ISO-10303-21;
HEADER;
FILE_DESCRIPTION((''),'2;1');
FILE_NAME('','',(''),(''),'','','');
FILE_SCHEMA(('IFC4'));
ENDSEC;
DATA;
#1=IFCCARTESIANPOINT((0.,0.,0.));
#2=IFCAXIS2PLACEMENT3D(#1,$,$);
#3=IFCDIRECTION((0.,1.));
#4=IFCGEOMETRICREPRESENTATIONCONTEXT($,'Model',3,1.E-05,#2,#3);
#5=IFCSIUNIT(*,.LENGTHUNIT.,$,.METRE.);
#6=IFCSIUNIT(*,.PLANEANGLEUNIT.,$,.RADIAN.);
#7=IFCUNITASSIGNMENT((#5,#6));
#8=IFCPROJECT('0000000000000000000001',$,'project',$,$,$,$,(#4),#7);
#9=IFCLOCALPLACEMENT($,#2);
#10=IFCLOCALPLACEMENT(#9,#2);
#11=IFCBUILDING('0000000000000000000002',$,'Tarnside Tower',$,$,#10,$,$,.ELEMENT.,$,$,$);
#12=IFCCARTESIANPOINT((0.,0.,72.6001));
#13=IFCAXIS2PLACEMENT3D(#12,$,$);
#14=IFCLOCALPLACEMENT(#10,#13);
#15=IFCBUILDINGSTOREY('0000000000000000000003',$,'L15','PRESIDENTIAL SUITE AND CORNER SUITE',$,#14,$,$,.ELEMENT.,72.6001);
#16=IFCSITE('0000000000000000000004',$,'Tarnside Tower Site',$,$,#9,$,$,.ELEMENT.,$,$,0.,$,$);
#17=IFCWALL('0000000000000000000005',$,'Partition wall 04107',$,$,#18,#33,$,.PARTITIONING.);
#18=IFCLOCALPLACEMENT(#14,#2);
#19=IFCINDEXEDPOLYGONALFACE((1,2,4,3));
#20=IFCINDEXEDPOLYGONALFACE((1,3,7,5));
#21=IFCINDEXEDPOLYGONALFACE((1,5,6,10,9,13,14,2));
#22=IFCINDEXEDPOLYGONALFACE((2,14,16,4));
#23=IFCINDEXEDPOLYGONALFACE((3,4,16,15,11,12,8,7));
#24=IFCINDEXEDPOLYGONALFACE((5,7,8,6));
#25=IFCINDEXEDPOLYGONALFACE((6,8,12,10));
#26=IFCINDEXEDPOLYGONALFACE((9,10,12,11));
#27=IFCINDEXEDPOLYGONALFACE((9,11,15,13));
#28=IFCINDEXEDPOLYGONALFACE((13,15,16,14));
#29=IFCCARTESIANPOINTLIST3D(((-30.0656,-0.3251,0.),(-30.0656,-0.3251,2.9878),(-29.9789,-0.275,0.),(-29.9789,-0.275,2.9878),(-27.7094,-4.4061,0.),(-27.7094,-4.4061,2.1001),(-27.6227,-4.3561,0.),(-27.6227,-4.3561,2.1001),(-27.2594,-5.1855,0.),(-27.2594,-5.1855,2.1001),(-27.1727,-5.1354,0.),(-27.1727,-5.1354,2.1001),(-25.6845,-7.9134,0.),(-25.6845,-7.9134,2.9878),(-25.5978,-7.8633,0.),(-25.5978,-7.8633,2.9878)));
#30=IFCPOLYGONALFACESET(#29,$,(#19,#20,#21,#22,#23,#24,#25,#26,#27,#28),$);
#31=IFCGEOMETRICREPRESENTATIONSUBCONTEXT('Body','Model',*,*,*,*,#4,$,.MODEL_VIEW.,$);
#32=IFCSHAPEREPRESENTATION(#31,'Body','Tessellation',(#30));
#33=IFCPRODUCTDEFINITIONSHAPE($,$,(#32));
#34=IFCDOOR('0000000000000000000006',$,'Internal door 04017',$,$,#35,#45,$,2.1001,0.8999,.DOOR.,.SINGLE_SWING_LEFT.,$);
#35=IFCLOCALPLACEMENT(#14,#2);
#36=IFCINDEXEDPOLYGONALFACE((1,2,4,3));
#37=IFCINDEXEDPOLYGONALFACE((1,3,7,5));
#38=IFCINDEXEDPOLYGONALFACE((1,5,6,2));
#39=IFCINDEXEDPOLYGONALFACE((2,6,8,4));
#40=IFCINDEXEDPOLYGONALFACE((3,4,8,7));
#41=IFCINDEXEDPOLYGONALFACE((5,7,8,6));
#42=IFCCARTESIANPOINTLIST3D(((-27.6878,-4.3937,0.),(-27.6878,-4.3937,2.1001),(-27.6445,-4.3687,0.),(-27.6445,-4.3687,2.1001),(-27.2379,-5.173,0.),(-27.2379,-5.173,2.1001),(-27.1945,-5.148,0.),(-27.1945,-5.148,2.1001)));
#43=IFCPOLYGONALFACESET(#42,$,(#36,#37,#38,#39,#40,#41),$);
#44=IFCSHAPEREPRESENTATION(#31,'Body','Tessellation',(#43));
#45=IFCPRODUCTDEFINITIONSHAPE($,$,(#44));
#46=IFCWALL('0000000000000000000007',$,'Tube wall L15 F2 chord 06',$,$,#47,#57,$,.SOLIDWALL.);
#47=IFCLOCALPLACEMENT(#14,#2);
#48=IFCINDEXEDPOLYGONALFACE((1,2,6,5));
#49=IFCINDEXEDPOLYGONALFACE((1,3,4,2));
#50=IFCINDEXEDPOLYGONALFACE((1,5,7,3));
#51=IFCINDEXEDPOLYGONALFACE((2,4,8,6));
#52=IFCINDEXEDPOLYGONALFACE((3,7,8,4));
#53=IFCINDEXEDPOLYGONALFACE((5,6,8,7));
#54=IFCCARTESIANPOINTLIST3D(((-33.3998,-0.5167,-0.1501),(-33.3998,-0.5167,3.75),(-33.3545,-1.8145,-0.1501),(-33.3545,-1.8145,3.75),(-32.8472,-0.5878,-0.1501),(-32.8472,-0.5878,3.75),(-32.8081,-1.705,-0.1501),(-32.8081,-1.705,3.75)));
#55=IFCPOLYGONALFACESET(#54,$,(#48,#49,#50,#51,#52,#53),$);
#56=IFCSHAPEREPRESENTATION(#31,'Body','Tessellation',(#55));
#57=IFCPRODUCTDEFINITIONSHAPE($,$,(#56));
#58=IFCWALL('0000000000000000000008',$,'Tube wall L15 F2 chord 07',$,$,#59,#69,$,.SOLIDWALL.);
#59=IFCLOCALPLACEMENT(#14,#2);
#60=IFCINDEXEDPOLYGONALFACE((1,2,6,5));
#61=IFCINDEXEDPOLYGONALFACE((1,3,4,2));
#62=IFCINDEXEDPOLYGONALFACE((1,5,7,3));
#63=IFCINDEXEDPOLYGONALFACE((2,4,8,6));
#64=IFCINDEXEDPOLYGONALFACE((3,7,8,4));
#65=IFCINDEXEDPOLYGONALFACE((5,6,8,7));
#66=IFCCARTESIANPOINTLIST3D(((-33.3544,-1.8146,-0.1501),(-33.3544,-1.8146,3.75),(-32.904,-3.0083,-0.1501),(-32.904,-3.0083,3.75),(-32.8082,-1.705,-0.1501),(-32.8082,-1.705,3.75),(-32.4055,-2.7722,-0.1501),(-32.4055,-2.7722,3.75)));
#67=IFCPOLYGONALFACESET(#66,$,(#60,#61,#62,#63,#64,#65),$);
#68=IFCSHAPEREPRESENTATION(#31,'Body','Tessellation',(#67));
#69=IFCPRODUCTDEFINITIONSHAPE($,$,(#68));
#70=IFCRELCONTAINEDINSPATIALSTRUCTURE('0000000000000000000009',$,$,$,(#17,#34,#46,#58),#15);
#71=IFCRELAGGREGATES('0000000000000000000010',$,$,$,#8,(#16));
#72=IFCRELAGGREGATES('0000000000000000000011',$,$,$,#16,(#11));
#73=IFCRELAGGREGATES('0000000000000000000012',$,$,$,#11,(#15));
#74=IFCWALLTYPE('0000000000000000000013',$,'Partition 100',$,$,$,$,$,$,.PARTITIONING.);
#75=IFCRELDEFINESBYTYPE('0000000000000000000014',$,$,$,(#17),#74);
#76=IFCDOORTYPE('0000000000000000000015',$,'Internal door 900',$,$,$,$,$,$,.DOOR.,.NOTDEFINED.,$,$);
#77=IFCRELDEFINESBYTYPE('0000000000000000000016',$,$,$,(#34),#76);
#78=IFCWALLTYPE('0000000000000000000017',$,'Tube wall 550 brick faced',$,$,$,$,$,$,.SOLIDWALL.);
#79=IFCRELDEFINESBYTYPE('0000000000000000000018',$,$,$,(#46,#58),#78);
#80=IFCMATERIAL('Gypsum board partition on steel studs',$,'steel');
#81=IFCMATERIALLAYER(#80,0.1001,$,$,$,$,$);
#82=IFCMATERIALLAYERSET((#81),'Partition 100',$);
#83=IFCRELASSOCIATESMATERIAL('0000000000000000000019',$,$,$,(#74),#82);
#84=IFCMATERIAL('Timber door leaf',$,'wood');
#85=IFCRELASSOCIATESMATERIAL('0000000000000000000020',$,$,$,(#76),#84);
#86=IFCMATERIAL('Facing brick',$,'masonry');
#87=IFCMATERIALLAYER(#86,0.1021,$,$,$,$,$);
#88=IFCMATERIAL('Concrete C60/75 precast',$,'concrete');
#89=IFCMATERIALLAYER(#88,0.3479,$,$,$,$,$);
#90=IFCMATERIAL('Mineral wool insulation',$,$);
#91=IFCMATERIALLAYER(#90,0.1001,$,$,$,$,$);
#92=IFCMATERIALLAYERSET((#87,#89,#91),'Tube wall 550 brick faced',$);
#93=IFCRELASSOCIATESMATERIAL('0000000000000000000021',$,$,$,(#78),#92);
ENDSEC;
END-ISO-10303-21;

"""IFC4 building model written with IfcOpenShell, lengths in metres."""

from ifc_helpers import new_model, si_unit, direction, frame, frame_2d, origin, place, context, subcontext, project, spatial, polyline, rectangle, outline, extrude, material, layer, layer_set, type_object, element, fill, save


model = new_model("IFC4")

# Units and contexts
model_context = context("Model", 3, precision=1e-05, world=origin(), true_north=direction((0.0, 1.0)))
body_context = subcontext(model_context, "Body", "Model", "MODEL_VIEW")
ifc_project = project(units=[si_unit("LENGTHUNIT", "METRE"), si_unit("PLANEANGLEUNIT", "RADIAN")], contexts=[model_context])

# Site, building, storey
site_placement = place(None, origin())
site = spatial("IfcSite", under=ifc_project, at=site_placement, Name="Tarnside Tower Site", CompositionType="ELEMENT", RefElevation=0.0)
building_placement = place(site_placement, origin())
building = spatial("IfcBuilding", under=site, at=building_placement, Name="Tarnside Tower", CompositionType="ELEMENT")
storey_placement = place(building_placement, frame((0.0, 0.0, 72.6001)))
storey = spatial("IfcBuildingStorey", under=building, at=storey_placement, Name="L15", Description="PRESIDENTIAL SUITE AND CORNER SUITE", CompositionType="ELEMENT", Elevation=72.6001)

# Wall, opening, door
ifc_material_1 = material(Name="Gypsum board partition on steel studs", Category="steel")
ifc_layer_1 = layer(ifc_material_1, 0.1001)
ifc_layer_set_1 = layer_set([ifc_layer_1], Name="Partition 100")
wall_type_1 = type_object("IfcWallType", Name="Partition 100", PredefinedType="PARTITIONING", material=ifc_layer_set_1)
wall_1_placement = place(storey_placement, frame((-30.0222, -0.3, 0.0), z_axis=(0.0, 0.0, 1.0), x_axis=(0.499996, -0.866028, 0.0)))
wall_1 = element("IfcWall", 1, at=wall_1_placement, inside=storey, type_object=wall_type_1, Name="Partition wall 04107", PredefinedType="PARTITIONING", context=body_context, shape_type="SweptSolid", body=[
    extrude(rectangle(XDim=8.7622, YDim=0.1001, at=frame_2d((4.3811, 0.0))), origin(), (0.0, 0.0, 1.0), 2.9878),
])
opening_1_placement = place(wall_1_placement, frame((4.7124, 0.0, 0.0)))
opening_1 = element("IfcOpeningElement", 2, at=opening_1_placement, cuts=wall_1, PredefinedType="OPENING", context=body_context, shape_type="SweptSolid", body=[
    extrude(rectangle(XDim=0.8999, YDim=2.1001, at=frame_2d((0.45, 1.05))), frame((0.0, 0.0601, 0.0), z_axis=(0.0, -1.0, 0.0), x_axis=(1.0, 0.0, 0.0)), (0.0, 0.0, 1.0), 0.1201),
])
ifc_material_2 = material(Name="Timber door leaf", Category="wood")
door_type = type_object("IfcDoorType", Name="Internal door 900", OperationType="NOTDEFINED", PredefinedType="DOOR", material=ifc_material_2)
door_placement = place(opening_1_placement, origin())
door = element("IfcDoor", 3, at=door_placement, inside=storey, type_object=door_type, Name="Internal door 04017", OperationType="SINGLE_SWING_LEFT", OverallHeight=2.1001, OverallWidth=0.8999, PredefinedType="DOOR", context=body_context, shape_type="SweptSolid", body=[
    extrude(rectangle(XDim=0.8999, YDim=2.1001, at=frame_2d((0.45, 1.05))), frame((0.0, 0.0249, 0.0), z_axis=(0.0, -1.0, 0.0), x_axis=(1.0, 0.0, 0.0)), (0.0, 0.0, 1.0), 0.05),
])
fill(opening_1, door)

# Walls
ifc_material_3 = material(Name="Facing brick", Category="masonry")
ifc_layer_2 = layer(ifc_material_3, 0.1021)
ifc_material_4 = material(Name="Concrete C60/75 precast", Category="concrete")
ifc_layer_3 = layer(ifc_material_4, 0.3479)
ifc_material_5 = material(Name="Mineral wool insulation")
ifc_layer_4 = layer(ifc_material_5, 0.1001)
ifc_layer_set_2 = layer_set([ifc_layer_2, ifc_layer_3, ifc_layer_4], Name="Tube wall 550 brick faced")
wall_type_2 = type_object("IfcWallType", Name="Tube wall 550 brick faced", PredefinedType="SOLIDWALL", material=ifc_layer_set_2)
wall_2_placement = place(storey_placement, frame((-33.1235, -0.5522, -0.1501), z_axis=(0.0, 0.0, 1.0), x_axis=(0.034956, -0.999389, 0.0)))
element("IfcWall", 4, at=wall_2_placement, inside=storey, type_object=wall_type_2, Name="Tube wall L15 F2 chord 06", PredefinedType="SOLIDWALL", context=body_context, shape_type="SweptSolid", body=[
    extrude(outline(polyline([(-0.0452, -0.2749), (1.2534, -0.2749), (1.1631, 0.2749), (0.0452, 0.2749), (-0.0452, -0.2749)])), origin(), (0.0, 0.0, 1.0), 3.9001),
])
wall_3_placement = place(storey_placement, frame((-33.0813, -1.7598, -0.1501), z_axis=(0.0, 0.0, 1.0), x_axis=(0.353027, -0.935613, 0.0)))
element("IfcWall", 5, at=wall_3_placement, inside=storey, type_object=wall_type_2, Name="Tube wall L15 F2 chord 07", PredefinedType="SOLIDWALL", context=body_context, shape_type="SweptSolid", body=[
    extrude(outline(polyline([(-0.0452, -0.2749), (1.2307, -0.2749), (1.1858, 0.2749), (0.0452, 0.2749), (-0.0452, -0.2749)])), origin(), (0.0, 0.0, 1.0), 3.9001),
])

save(model, "model.ifc")
